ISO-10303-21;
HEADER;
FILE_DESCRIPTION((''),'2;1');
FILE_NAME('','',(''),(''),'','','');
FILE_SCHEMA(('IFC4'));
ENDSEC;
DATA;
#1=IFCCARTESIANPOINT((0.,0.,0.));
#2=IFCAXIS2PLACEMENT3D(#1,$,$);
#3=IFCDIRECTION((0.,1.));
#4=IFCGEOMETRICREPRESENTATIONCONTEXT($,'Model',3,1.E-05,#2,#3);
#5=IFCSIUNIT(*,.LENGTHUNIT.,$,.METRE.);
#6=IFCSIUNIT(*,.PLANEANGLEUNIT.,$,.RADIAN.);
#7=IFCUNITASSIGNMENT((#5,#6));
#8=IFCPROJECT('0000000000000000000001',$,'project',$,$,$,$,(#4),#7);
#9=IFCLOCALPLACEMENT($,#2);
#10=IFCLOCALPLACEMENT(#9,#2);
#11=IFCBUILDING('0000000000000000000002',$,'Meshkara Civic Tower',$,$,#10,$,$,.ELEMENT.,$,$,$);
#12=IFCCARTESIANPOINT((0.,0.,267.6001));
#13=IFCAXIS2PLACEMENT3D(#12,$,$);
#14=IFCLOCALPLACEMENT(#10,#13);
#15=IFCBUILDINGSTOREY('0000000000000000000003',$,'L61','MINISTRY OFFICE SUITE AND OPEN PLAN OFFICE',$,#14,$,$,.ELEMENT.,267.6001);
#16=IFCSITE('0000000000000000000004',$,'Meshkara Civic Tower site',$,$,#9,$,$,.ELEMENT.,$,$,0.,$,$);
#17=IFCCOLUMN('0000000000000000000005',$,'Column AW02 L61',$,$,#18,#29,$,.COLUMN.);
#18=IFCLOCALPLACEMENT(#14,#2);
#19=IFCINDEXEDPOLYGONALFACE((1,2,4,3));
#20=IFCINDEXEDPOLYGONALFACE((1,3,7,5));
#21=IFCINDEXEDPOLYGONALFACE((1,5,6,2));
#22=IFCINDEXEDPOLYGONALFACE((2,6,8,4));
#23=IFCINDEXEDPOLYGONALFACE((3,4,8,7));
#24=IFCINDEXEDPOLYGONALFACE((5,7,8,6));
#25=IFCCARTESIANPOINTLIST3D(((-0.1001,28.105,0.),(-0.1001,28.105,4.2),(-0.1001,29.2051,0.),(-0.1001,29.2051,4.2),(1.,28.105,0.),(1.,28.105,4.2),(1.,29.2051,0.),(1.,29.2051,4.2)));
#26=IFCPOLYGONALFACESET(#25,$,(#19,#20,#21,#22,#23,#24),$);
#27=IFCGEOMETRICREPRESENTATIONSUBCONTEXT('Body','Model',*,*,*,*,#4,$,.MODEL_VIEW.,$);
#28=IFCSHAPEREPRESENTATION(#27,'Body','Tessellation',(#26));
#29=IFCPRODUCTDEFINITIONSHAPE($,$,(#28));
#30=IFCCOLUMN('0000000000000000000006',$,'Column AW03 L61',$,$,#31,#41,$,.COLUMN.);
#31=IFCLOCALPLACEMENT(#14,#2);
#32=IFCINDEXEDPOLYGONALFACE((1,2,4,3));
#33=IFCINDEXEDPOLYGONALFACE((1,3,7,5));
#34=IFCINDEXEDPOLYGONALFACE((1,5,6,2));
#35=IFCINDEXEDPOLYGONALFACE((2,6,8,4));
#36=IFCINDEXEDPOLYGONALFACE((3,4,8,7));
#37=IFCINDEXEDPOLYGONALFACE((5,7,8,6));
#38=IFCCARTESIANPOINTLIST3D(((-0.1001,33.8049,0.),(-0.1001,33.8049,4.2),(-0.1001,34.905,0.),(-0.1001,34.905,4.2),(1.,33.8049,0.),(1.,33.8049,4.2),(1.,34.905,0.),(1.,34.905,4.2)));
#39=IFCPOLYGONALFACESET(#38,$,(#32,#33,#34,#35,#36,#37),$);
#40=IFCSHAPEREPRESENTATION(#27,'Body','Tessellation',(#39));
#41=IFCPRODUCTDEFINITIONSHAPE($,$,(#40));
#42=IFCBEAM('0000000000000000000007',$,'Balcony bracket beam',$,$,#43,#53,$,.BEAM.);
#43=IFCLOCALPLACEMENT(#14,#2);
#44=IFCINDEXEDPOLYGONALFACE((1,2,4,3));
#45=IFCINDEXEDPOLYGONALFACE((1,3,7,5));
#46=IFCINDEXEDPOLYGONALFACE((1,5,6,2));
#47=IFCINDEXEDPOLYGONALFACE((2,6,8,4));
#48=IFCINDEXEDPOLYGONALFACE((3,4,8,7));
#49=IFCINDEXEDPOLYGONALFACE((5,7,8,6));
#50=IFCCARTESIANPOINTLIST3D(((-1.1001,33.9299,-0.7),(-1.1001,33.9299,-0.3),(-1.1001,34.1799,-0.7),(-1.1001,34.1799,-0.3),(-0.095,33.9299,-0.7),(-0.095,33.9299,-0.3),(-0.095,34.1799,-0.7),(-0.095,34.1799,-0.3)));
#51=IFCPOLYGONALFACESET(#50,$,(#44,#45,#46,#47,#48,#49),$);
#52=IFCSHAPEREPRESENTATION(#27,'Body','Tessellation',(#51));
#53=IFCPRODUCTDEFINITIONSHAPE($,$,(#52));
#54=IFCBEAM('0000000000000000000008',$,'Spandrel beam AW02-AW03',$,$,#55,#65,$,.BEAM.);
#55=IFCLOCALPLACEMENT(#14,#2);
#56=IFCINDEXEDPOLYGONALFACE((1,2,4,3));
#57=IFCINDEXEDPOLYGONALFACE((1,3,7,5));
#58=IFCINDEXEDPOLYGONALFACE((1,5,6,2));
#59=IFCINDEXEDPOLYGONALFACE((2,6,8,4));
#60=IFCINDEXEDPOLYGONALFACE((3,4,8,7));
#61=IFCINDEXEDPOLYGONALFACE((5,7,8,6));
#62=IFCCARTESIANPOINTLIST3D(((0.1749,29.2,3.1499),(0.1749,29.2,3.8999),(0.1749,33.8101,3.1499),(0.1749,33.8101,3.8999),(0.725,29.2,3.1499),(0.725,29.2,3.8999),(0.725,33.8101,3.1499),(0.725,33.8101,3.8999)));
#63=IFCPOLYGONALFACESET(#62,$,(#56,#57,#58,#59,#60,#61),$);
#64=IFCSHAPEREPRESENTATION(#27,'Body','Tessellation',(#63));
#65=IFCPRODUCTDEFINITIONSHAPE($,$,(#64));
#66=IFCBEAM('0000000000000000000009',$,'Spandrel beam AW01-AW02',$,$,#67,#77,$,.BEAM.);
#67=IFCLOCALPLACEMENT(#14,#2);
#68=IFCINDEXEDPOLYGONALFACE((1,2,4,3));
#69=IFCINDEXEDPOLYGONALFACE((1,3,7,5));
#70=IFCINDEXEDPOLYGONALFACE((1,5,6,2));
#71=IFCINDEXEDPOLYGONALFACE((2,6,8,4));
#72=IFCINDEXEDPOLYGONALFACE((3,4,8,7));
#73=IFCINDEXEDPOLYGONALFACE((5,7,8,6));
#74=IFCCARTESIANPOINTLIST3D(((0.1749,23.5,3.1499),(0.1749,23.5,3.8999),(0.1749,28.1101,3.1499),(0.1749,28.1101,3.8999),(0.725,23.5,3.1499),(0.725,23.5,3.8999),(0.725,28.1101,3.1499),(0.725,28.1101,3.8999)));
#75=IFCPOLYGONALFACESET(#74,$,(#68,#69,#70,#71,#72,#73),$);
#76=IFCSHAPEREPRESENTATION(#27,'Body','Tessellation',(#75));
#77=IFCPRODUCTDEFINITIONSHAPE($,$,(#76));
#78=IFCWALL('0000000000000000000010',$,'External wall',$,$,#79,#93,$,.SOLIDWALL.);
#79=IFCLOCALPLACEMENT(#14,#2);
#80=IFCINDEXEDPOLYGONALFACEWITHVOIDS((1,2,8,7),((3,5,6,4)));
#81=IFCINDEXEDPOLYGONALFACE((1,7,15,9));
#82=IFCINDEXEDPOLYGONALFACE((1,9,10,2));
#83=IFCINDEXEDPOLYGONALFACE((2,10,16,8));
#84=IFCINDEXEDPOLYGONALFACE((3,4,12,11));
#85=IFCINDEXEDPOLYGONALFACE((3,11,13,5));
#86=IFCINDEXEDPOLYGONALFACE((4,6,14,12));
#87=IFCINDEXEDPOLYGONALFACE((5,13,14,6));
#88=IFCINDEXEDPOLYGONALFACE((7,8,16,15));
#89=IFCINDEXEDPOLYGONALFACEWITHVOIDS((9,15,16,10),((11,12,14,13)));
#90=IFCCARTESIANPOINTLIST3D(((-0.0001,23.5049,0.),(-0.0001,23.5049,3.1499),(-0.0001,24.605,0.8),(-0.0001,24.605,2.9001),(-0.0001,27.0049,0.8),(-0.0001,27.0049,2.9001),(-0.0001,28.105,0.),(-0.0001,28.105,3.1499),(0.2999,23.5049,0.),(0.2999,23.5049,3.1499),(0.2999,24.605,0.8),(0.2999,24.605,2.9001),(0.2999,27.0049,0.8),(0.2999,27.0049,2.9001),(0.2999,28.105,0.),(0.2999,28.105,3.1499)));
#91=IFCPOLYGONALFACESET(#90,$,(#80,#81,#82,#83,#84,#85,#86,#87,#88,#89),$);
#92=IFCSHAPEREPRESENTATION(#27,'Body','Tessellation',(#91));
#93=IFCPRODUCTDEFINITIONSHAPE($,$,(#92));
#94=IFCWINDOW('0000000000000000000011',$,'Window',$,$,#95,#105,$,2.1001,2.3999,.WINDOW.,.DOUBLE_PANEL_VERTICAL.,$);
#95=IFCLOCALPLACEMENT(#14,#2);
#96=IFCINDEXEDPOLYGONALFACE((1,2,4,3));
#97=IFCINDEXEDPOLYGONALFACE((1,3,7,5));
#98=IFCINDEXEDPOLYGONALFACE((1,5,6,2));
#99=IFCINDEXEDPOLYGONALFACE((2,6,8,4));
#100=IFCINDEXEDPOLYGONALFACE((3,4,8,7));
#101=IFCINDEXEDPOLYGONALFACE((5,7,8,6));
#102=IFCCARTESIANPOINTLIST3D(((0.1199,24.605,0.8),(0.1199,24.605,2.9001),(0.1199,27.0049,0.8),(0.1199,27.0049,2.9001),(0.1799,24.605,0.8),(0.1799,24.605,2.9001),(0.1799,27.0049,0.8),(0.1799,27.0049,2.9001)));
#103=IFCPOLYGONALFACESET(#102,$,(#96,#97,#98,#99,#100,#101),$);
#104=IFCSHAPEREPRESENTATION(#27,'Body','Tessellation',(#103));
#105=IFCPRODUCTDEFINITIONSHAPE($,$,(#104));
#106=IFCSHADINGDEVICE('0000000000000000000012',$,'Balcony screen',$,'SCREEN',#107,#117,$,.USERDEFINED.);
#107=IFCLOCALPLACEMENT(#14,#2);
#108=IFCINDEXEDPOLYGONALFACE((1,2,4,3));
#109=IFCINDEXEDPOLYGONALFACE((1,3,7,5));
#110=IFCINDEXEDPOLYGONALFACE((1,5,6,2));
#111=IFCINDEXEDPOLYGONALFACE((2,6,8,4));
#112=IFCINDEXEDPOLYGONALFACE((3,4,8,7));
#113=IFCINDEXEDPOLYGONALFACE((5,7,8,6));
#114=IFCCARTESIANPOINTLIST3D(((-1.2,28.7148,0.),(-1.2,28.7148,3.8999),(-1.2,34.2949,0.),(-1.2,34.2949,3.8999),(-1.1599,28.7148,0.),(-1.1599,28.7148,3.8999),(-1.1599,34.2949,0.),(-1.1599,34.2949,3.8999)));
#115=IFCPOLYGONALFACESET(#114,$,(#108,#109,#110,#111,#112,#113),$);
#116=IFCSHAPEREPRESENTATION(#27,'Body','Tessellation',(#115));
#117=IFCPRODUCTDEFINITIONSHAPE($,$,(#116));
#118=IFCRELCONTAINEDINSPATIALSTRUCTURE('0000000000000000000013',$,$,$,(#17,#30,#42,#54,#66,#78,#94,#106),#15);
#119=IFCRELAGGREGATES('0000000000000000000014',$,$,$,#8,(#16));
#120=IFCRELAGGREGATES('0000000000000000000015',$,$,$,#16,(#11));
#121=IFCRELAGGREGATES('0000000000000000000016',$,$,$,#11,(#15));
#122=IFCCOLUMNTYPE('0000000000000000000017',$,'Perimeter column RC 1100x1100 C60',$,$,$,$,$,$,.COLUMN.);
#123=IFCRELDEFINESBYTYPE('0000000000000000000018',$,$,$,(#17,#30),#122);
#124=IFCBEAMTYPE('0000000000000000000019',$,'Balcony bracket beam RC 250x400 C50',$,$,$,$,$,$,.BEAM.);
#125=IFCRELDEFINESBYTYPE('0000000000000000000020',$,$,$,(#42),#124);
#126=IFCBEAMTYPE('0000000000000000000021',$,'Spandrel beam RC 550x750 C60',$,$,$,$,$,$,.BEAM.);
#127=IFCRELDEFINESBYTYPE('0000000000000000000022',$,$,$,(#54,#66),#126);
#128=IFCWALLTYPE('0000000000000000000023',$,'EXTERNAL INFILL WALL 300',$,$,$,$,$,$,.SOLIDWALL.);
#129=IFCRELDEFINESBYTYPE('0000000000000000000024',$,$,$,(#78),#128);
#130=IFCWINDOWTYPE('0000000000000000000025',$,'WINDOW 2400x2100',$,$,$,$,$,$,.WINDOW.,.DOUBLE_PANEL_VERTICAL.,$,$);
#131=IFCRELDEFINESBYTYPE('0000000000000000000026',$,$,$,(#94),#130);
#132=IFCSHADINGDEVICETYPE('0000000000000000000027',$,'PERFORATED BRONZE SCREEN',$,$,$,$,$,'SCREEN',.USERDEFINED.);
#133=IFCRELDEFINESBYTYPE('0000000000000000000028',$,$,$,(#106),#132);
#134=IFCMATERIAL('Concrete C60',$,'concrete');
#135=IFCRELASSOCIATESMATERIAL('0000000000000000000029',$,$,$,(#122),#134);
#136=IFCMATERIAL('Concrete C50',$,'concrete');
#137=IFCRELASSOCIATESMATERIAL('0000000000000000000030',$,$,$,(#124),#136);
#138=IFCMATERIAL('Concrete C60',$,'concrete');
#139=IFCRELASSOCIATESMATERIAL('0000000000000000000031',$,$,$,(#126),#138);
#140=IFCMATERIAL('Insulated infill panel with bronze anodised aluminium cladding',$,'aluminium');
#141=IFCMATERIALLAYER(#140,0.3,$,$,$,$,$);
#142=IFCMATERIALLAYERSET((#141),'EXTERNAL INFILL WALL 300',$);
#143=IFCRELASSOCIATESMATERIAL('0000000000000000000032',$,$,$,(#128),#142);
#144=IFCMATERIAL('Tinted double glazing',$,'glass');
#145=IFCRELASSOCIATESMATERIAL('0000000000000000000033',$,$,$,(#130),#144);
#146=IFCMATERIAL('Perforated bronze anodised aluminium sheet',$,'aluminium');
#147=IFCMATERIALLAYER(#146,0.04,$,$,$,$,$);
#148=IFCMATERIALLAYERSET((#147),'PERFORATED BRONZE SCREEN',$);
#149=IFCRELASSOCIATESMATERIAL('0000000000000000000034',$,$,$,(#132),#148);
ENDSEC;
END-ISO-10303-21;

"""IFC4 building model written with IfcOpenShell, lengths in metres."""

from ifc_helpers import new_model, si_unit, direction, frame, frame_2d, origin, origin_2d, place, context, subcontext, project, spatial, rectangle, extrude, material, layer, layer_set, material_profile, profile_set, type_object, element, fill, save


model = new_model("IFC4")

# Units and contexts
model_context = context("Model", 3, precision=1e-05, world=origin(), true_north=direction((0.0, 1.0)))
body_context = subcontext(model_context, "Body", "Model", "MODEL_VIEW")
ifc_project = project(units=[si_unit("LENGTHUNIT", "METRE"), si_unit("PLANEANGLEUNIT", "RADIAN")], contexts=[model_context])

# Site, building, storey
site_placement = place(None, origin())
site = spatial("IfcSite", under=ifc_project, at=site_placement, Name="Meshkara Civic Tower site", CompositionType="ELEMENT", RefElevation=0.0)
building_placement = place(site_placement, origin())
building = spatial("IfcBuilding", under=site, at=building_placement, Name="Meshkara Civic Tower", CompositionType="ELEMENT")
storey_placement = place(building_placement, frame((0.0, 0.0, 267.6001)))
storey = spatial("IfcBuildingStorey", under=building, at=storey_placement, Name="L61", Description="MINISTRY OFFICE SUITE AND OPEN PLAN OFFICE", CompositionType="ELEMENT", Elevation=267.6001)

# Columns
ifc_material_1 = material(Name="Concrete C60", Category="concrete")
ifc_material_profile_1 = material_profile(ifc_material_1, rectangle(XDim=1.1001, YDim=1.1001, at=origin_2d()))
ifc_profile_set_1 = profile_set([ifc_material_profile_1], Name="Concrete C60")
column_type = type_object("IfcColumnType", Name="Perimeter column RC 1100x1100 C60", PredefinedType="COLUMN", material=ifc_profile_set_1)
for number, where, z_axis, x_axis, name in (
    (1, (0.45, 28.655, 0.0), (0.0, 0.0, 1.0), (1.0, 0.0, 0.0), "Column AW02 L61"),
    (2, (0.45, 34.355, 0.0), (0.0, 0.0, 1.0), (1.0, 0.0, 0.0), "Column AW03 L61"),
):
    element("IfcColumn", number, at=place(storey_placement, frame(where, z_axis=z_axis, x_axis=x_axis)), inside=storey, type_object=column_type, Name=name, PredefinedType="COLUMN", context=body_context, shape_type="SweptSolid", body=[
        extrude(rectangle(XDim=1.1001, YDim=1.1001, at=origin_2d()), origin(), (0.0, 0.0, 1.0), 4.2),
    ])

# Beams
ifc_material_2 = material(Name="Concrete C50", Category="concrete")
ifc_material_profile_2 = material_profile(ifc_material_2, rectangle(XDim=0.25, YDim=0.3999, at=origin_2d()))
ifc_profile_set_2 = profile_set([ifc_material_profile_2], Name="Concrete C50")
beam_type_1 = type_object("IfcBeamType", Name="Balcony bracket beam RC 250x400 C50", PredefinedType="BEAM", material=ifc_profile_set_2)
beam_placement = place(storey_placement, frame((-0.095, 34.0549, -0.5), z_axis=(-1.0, 0.0, 0.0), x_axis=(0.0, -1.0, 0.0)))
element("IfcBeam", 3, at=beam_placement, inside=storey, type_object=beam_type_1, Name="Balcony bracket beam", PredefinedType="BEAM", context=body_context, shape_type="SweptSolid", body=[
    extrude(rectangle(XDim=0.25, YDim=0.3999, at=origin_2d()), origin(), (0.0, 0.0, 1.0), 1.0051),
])
ifc_material_3 = material(Name="Concrete C60", Category="concrete")
ifc_material_profile_3 = material_profile(ifc_material_3, rectangle(XDim=0.55, YDim=0.75, at=origin_2d()))
ifc_profile_set_3 = profile_set([ifc_material_profile_3], Name="Concrete C60")
beam_type_2 = type_object("IfcBeamType", Name="Spandrel beam RC 550x750 C60", PredefinedType="BEAM", material=ifc_profile_set_3)
for number, where, z_axis, x_axis, name in (
    (4, (0.45, 33.8101, 3.5249), (0.0, -1.0, 0.0), (1.0, 0.0, 0.0), "Spandrel beam AW02-AW03"),
    (5, (0.45, 28.1101, 3.5249), (0.0, -1.0, 0.0), (1.0, 0.0, 0.0), "Spandrel beam AW01-AW02"),
):
    element("IfcBeam", number, at=place(storey_placement, frame(where, z_axis=z_axis, x_axis=x_axis)), inside=storey, type_object=beam_type_2, Name=name, PredefinedType="BEAM", context=body_context, shape_type="SweptSolid", body=[
        extrude(rectangle(XDim=0.55, YDim=0.75, at=origin_2d()), origin(), (0.0, 0.0, 1.0), 4.6101),
    ])

# Wall, opening, window
ifc_material_4 = material(Name="Insulated infill panel with bronze anodised aluminium cladding", Category="aluminium")
ifc_layer_1 = layer(ifc_material_4, 0.3)
ifc_layer_set_1 = layer_set([ifc_layer_1], Name="EXTERNAL INFILL WALL 300")
wall_type_1 = type_object("IfcWallType", Name="EXTERNAL INFILL WALL 300", PredefinedType="SOLIDWALL", material=ifc_layer_set_1)
wall_1_placement = place(storey_placement, frame((0.1499, 28.105, 0.0), z_axis=(0.0, 0.0, 1.0), x_axis=(0.0, -1.0, 0.0)))
wall_1 = element("IfcWall", 6, at=wall_1_placement, inside=storey, type_object=wall_type_1, Name="External wall", PredefinedType="SOLIDWALL", context=body_context, shape_type="SweptSolid", body=[
    extrude(rectangle(XDim=4.6001, YDim=0.3, at=frame_2d((2.3, 0.0))), origin(), (0.0, 0.0, 1.0), 3.1499),
])
opening_1_placement = place(wall_1_placement, frame((1.1001, 0.0, 0.8)))
opening_1 = element("IfcOpeningElement", 7, at=opening_1_placement, cuts=wall_1, PredefinedType="OPENING", context=body_context, shape_type="SweptSolid", body=[
    extrude(rectangle(XDim=2.3999, YDim=2.1001, at=frame_2d((1.2, 1.05))), frame((0.0, 0.1599, 0.0), z_axis=(0.0, -1.0, 0.0), x_axis=(1.0, 0.0, 0.0)), (0.0, 0.0, 1.0), 0.3201),
])
ifc_material_5 = material(Name="Tinted double glazing", Category="glass")
window_type = type_object("IfcWindowType", Name="WINDOW 2400x2100", PartitioningType="DOUBLE_PANEL_VERTICAL", PredefinedType="WINDOW", material=ifc_material_5)
window_placement = place(opening_1_placement, origin())
window = element("IfcWindow", 8, at=window_placement, inside=storey, type_object=window_type, Name="Window", OverallHeight=2.1001, OverallWidth=2.3999, PartitioningType="DOUBLE_PANEL_VERTICAL", PredefinedType="WINDOW", context=body_context, shape_type="SweptSolid", body=[
    extrude(rectangle(XDim=2.3999, YDim=2.1001, at=frame_2d((1.2, 1.05))), frame((0.0, 0.03, 0.0), z_axis=(0.0, -1.0, 0.0), x_axis=(1.0, 0.0, 0.0)), (0.0, 0.0, 1.0), 0.0601),
])
fill(opening_1, window)

# Shading device
ifc_material_6 = material(Name="Perforated bronze anodised aluminium sheet", Category="aluminium")
ifc_layer_2 = layer(ifc_material_6, 0.04)
ifc_layer_set_2 = layer_set([ifc_layer_2], Name="PERFORATED BRONZE SCREEN")
shading_device_type = type_object("IfcShadingDeviceType", Name="PERFORATED BRONZE SCREEN", ElementType="SCREEN", PredefinedType="USERDEFINED", material=ifc_layer_set_2)
shading_device_placement = place(storey_placement, frame((-1.1799, 31.5049, 0.0), z_axis=(0.0, 0.0, 1.0), x_axis=(0.0, -1.0, 0.0)))
element("IfcShadingDevice", 9, at=shading_device_placement, inside=storey, type_object=shading_device_type, Name="Balcony screen", ObjectType="SCREEN", PredefinedType="USERDEFINED", context=body_context, shape_type="SweptSolid", body=[
    extrude(rectangle(XDim=5.5801, YDim=0.04, at=origin_2d()), origin(), (0.0, 0.0, 1.0), 3.8999),
])

save(model, "model.ifc")
